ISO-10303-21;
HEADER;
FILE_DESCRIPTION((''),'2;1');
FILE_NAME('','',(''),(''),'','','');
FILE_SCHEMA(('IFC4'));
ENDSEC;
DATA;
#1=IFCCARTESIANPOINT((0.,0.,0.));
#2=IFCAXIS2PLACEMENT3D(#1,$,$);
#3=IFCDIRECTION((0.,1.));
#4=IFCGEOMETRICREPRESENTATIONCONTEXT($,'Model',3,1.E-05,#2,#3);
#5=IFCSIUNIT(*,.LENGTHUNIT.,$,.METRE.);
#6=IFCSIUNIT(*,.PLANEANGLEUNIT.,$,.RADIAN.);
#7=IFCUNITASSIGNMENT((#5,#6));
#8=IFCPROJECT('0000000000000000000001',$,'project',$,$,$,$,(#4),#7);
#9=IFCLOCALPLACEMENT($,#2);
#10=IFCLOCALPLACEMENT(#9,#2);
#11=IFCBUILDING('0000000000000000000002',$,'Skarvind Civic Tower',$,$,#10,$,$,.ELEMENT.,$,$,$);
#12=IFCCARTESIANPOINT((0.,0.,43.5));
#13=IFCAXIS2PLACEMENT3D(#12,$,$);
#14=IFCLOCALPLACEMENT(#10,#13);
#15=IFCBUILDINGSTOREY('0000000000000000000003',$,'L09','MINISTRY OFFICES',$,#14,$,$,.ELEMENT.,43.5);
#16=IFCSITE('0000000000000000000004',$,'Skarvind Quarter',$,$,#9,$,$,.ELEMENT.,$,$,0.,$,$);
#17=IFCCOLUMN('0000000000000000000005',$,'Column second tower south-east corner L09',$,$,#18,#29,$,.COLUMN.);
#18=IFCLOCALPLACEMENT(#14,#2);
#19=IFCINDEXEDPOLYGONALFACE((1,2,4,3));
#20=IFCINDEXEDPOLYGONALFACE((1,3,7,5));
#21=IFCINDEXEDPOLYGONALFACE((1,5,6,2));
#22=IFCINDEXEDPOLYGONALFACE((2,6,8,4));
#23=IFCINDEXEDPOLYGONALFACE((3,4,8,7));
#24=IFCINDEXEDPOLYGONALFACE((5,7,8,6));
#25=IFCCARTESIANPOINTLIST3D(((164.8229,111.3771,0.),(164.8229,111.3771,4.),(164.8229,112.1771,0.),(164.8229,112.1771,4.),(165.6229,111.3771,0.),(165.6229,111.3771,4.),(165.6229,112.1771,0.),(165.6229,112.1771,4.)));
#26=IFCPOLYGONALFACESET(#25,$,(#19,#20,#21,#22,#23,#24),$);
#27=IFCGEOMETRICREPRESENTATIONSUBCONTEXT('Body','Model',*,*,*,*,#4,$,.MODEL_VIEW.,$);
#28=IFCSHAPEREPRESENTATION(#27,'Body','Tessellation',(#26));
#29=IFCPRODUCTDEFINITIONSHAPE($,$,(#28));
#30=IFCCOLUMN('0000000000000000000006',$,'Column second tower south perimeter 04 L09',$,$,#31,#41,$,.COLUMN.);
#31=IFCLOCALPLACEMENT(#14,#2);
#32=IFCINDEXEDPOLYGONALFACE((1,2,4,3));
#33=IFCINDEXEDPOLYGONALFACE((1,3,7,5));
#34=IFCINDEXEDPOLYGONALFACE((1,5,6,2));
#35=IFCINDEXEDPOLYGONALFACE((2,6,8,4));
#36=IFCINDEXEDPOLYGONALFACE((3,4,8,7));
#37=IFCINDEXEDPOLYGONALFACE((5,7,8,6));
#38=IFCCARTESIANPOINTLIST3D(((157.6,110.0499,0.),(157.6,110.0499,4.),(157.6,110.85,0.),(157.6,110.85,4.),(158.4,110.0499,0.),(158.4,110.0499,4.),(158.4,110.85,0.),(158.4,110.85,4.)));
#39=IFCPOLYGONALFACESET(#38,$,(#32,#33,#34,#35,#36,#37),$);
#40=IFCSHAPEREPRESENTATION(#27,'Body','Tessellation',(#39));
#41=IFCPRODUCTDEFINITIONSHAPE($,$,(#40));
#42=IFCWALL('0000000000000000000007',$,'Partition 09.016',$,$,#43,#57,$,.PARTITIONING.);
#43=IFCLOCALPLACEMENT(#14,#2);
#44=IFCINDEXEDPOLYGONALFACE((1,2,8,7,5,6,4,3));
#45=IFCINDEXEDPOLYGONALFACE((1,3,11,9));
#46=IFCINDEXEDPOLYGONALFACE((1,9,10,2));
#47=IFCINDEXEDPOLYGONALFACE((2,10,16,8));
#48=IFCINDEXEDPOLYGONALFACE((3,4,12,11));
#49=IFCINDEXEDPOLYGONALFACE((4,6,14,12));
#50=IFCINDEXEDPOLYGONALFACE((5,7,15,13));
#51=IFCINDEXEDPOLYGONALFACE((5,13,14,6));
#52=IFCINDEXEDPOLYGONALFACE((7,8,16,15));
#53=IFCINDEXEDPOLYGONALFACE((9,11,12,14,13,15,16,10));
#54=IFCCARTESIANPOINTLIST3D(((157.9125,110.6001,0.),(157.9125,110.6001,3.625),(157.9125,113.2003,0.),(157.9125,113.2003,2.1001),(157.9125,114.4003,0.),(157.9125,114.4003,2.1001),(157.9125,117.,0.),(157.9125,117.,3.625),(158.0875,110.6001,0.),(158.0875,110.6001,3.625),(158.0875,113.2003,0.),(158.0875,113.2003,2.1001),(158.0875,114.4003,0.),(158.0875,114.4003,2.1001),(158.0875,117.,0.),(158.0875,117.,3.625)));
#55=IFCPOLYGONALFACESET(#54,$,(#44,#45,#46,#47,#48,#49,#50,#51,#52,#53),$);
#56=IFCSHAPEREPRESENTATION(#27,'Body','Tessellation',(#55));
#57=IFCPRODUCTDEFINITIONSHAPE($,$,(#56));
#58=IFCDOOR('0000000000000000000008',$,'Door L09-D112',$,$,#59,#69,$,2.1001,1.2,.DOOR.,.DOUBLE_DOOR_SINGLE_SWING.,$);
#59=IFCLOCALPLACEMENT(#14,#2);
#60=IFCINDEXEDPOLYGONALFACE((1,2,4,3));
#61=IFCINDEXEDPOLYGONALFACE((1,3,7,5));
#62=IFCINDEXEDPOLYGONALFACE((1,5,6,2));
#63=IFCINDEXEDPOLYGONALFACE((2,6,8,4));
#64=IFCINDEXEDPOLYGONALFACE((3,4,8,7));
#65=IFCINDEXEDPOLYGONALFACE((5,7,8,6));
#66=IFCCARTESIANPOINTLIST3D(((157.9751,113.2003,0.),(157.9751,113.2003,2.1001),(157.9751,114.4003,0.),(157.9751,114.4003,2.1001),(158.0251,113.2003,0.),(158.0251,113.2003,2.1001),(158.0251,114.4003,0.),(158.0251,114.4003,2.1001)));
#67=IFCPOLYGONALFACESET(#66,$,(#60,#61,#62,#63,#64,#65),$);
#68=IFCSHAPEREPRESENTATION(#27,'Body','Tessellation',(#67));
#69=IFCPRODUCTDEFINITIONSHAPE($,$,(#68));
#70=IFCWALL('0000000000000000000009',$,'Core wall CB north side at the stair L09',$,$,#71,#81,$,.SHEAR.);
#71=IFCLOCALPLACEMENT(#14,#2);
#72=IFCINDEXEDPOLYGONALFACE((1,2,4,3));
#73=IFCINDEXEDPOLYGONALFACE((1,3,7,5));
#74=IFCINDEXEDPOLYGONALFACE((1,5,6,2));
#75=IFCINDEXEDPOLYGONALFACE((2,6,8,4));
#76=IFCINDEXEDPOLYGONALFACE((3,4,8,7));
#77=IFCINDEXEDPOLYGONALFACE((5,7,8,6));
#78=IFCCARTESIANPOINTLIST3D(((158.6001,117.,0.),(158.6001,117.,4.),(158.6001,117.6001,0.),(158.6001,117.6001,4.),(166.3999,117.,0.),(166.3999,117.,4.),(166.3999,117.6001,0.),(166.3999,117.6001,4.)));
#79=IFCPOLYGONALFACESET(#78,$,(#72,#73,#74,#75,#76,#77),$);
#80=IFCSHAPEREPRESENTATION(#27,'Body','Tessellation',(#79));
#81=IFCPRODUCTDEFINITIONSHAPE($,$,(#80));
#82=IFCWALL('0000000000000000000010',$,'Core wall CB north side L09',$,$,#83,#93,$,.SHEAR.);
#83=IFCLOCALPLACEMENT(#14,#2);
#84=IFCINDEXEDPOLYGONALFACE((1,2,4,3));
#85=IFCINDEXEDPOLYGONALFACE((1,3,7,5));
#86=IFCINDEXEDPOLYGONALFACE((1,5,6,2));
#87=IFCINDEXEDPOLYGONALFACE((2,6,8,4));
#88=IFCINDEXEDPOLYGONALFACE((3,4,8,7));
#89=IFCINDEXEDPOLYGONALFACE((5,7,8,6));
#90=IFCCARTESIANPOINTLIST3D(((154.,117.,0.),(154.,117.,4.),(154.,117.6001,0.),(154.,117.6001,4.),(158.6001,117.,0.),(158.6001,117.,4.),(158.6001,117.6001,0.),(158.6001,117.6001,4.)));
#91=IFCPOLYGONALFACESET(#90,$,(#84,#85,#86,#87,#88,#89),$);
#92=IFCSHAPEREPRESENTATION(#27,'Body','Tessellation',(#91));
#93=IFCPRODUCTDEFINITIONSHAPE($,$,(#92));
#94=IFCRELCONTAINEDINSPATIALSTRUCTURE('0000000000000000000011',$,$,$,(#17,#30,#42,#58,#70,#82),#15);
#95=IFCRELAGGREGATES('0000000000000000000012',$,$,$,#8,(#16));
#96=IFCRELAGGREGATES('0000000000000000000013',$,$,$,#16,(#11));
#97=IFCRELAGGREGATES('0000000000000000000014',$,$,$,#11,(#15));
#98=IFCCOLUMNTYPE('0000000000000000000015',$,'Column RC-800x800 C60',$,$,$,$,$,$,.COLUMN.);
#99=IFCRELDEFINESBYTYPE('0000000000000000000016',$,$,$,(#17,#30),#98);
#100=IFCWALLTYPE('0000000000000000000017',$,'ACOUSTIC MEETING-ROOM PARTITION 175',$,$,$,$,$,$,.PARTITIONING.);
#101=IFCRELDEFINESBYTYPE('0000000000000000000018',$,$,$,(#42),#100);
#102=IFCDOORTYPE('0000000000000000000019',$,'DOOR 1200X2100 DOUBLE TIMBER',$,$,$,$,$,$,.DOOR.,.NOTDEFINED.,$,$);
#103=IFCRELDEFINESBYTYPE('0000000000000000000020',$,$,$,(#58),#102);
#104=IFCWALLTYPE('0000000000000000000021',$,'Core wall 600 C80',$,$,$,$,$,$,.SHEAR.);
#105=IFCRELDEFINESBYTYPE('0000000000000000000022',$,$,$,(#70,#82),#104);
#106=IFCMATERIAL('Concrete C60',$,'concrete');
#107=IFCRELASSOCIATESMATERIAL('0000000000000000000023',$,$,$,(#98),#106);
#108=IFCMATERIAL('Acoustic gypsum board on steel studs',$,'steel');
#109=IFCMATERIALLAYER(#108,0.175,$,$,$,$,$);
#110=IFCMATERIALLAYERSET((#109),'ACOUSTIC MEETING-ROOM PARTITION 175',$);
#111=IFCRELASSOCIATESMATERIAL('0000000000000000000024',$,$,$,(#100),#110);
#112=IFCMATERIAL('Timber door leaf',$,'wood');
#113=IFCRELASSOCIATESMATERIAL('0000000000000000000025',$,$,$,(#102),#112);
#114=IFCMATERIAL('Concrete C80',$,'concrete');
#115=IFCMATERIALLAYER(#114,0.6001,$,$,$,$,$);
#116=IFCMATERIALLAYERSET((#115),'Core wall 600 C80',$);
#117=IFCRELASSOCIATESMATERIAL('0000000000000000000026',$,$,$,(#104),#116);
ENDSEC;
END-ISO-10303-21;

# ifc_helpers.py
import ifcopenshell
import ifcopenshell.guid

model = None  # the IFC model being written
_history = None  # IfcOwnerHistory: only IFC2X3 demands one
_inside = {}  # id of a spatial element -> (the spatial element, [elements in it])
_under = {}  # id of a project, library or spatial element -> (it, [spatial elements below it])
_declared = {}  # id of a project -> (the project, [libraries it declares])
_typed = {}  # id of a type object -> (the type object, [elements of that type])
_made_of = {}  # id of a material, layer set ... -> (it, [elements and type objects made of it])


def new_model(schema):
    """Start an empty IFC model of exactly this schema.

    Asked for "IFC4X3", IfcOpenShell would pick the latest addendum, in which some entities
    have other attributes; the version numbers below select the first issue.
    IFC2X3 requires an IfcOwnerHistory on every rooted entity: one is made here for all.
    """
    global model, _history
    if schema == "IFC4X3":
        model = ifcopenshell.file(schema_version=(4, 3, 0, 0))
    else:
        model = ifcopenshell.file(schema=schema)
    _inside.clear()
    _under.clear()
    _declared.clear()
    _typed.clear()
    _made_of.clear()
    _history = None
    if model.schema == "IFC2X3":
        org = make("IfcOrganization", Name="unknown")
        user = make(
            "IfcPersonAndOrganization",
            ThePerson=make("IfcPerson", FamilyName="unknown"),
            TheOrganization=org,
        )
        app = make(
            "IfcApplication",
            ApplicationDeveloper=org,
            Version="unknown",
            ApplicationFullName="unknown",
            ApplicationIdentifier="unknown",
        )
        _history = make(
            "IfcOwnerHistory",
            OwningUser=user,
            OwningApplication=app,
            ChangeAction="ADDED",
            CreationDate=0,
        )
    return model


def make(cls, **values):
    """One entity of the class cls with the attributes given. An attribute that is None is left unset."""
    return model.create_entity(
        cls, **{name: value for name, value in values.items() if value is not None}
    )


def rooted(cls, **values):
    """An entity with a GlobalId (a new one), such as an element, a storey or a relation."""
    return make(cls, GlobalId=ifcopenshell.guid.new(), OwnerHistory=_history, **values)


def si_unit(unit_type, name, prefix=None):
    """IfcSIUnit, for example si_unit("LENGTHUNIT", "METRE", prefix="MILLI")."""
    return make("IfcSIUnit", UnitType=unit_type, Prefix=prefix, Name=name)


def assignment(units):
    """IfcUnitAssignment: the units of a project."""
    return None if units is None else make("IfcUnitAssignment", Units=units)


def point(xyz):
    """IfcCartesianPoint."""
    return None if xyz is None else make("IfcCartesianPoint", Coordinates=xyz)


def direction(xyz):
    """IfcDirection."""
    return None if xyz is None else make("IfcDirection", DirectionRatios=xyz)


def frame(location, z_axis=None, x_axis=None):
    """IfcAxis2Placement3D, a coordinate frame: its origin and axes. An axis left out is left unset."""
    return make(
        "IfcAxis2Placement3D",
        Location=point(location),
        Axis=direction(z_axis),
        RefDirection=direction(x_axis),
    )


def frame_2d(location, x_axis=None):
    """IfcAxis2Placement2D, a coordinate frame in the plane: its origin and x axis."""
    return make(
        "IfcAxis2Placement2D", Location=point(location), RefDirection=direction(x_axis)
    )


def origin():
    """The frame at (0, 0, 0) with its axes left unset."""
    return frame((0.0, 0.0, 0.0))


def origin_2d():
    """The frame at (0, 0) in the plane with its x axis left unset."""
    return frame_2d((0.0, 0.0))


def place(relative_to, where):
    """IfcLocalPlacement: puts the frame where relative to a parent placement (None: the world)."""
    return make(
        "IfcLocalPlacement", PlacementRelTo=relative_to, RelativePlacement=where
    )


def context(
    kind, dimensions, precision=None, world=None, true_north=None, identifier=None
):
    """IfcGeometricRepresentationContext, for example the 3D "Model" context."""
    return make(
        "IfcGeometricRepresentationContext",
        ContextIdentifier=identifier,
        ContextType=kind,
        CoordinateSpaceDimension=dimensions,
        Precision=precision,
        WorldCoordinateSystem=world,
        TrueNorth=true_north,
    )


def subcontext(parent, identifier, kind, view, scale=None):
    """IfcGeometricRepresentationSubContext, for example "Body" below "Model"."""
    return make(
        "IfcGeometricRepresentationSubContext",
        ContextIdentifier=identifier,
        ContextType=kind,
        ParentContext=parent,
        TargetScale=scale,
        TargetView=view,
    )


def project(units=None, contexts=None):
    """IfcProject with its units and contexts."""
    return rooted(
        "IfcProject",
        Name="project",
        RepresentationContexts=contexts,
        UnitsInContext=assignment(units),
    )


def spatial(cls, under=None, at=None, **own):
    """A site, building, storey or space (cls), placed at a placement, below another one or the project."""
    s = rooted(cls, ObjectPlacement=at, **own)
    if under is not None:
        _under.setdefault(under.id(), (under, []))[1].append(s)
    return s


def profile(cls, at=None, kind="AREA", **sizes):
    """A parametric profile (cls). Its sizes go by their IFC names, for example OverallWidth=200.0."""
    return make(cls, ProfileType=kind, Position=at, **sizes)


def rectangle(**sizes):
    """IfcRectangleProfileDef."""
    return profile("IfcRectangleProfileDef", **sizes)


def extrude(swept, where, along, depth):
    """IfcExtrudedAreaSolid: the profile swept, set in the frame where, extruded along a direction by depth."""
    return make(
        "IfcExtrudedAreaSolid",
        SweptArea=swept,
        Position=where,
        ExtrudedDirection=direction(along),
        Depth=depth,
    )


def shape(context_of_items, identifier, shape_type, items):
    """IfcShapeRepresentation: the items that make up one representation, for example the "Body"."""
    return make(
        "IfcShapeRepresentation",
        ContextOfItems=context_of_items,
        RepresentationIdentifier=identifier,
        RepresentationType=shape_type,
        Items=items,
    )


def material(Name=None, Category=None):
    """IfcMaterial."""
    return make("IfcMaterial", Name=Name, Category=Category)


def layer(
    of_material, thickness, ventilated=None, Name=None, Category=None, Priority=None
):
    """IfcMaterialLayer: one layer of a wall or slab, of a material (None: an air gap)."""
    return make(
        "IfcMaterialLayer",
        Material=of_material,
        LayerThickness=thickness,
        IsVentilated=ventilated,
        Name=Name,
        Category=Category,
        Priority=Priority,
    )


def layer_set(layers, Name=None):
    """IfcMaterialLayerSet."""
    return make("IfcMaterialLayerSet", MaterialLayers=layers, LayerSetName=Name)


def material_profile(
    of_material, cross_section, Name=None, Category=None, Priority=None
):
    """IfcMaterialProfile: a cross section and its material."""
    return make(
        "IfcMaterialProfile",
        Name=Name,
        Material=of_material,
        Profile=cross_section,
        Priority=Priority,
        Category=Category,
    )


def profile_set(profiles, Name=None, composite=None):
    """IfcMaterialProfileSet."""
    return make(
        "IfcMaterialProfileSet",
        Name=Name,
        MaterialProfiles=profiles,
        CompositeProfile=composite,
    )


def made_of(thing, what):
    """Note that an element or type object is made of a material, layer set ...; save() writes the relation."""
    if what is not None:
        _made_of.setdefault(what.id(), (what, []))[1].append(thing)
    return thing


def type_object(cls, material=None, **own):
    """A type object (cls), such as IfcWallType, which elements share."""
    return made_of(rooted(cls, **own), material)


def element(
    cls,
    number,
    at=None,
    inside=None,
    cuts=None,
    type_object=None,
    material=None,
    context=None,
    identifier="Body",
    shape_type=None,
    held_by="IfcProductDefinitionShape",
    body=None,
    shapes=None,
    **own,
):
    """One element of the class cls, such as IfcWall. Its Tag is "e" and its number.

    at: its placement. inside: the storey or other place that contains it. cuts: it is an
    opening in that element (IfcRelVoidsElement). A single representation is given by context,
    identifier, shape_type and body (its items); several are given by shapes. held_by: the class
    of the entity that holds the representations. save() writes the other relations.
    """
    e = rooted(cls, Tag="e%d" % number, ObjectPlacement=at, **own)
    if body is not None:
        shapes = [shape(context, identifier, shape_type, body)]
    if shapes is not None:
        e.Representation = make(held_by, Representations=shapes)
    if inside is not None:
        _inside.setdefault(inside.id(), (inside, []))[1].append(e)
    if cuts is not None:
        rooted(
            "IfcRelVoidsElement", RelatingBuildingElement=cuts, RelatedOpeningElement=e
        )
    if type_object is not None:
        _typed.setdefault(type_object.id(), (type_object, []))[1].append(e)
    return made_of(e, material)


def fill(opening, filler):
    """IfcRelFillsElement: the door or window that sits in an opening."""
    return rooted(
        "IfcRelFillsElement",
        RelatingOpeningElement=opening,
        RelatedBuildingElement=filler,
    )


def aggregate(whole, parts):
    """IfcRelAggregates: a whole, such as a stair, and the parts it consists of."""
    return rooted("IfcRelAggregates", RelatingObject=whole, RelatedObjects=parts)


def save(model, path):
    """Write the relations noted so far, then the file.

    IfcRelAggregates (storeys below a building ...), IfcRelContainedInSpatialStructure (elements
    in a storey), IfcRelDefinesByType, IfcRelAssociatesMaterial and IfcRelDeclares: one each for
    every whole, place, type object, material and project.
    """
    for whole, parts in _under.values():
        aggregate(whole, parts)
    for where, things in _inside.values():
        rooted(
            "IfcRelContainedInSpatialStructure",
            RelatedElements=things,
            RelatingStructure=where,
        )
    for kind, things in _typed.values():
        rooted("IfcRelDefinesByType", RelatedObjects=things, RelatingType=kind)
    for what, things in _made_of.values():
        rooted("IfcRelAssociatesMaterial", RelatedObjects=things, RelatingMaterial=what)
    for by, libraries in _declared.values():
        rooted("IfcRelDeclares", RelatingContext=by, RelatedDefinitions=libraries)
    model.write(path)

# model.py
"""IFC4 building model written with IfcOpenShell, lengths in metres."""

from ifc_helpers import new_model, si_unit, direction, frame, frame_2d, origin, origin_2d, place, context, subcontext, project, spatial, rectangle, extrude, material, layer, layer_set, material_profile, profile_set, type_object, element, fill, save


model = new_model("IFC4")

# Units and contexts
model_context = context("Model", 3, precision=1e-05, world=origin(), true_north=direction((0.0, 1.0)))
body_context = subcontext(model_context, "Body", "Model", "MODEL_VIEW")
ifc_project = project(units=[si_unit("LENGTHUNIT", "METRE"), si_unit("PLANEANGLEUNIT", "RADIAN")], contexts=[model_context])

# Site, building, storey
site_placement = place(None, origin())
site = spatial("IfcSite", under=ifc_project, at=site_placement, Name="Skarvind Quarter", CompositionType="ELEMENT", RefElevation=0.0)
building_placement = place(site_placement, origin())
building = spatial("IfcBuilding", under=site, at=building_placement, Name="Skarvind Civic Tower", CompositionType="ELEMENT")
storey_placement = place(building_placement, frame((0.0, 0.0, 43.5)))
storey = spatial("IfcBuildingStorey", under=building, at=storey_placement, Name="L09", Description="MINISTRY OFFICES", CompositionType="ELEMENT", Elevation=43.5)

# Columns
ifc_material_1 = material(Name="Concrete C60", Category="concrete")
ifc_material_profile = material_profile(ifc_material_1, rectangle(XDim=0.8, YDim=0.8, at=origin_2d()), Name="RC-800x800")
ifc_profile_set = profile_set([ifc_material_profile], Name="Concrete C60")
column_type = type_object("IfcColumnType", Name="Column RC-800x800 C60", PredefinedType="COLUMN", material=ifc_profile_set)
for number, where, z_axis, x_axis, name in (
    (1, (165.2229, 111.7771, 0.0), (0.0, 0.0, 1.0), (1.0, 0.0, 0.0), "Column second tower south-east corner L09"),
    (2, (158.0, 110.45, 0.0), (0.0, 0.0, 1.0), (1.0, 0.0, 0.0), "Column second tower south perimeter 04 L09"),
):
    element("IfcColumn", number, at=place(storey_placement, frame(where, z_axis=z_axis, x_axis=x_axis)), inside=storey, type_object=column_type, Name=name, PredefinedType="COLUMN", context=body_context, shape_type="SweptSolid", body=[
        extrude(rectangle(XDim=0.8, YDim=0.8, at=origin_2d()), origin(), (0.0, 0.0, 1.0), 4.0),
    ])

# Wall, opening, door
ifc_material_2 = material(Name="Acoustic gypsum board on steel studs", Category="steel")
ifc_layer_1 = layer(ifc_material_2, 0.175)
ifc_layer_set_1 = layer_set([ifc_layer_1], Name="ACOUSTIC MEETING-ROOM PARTITION 175")
wall_type_1 = type_object("IfcWallType", Name="ACOUSTIC MEETING-ROOM PARTITION 175", PredefinedType="PARTITIONING", material=ifc_layer_set_1)
wall_1_placement = place(storey_placement, frame((158.0, 110.6001, 0.0), z_axis=(0.0, 0.0, 1.0), x_axis=(0.0, 1.0, 0.0)))
wall_1 = element("IfcWall", 3, at=wall_1_placement, inside=storey, type_object=wall_type_1, Name="Partition 09.016", PredefinedType="PARTITIONING", context=body_context, shape_type="SweptSolid", body=[
    extrude(rectangle(XDim=6.3999, YDim=0.175, at=frame_2d((3.2, 0.0))), origin(), (0.0, 0.0, 1.0), 3.625),
])
opening_1_placement = place(wall_1_placement, frame((2.6001, 0.0, 0.0)))
opening_1 = element("IfcOpeningElement", 4, at=opening_1_placement, cuts=wall_1, PredefinedType="OPENING", context=body_context, shape_type="SweptSolid", body=[
    extrude(rectangle(XDim=1.2, YDim=2.1001, at=frame_2d((0.6001, 1.05))), frame((0.0, 0.0974, 0.0), z_axis=(0.0, -1.0, 0.0), x_axis=(1.0, 0.0, 0.0)), (0.0, 0.0, 1.0), 0.1951),
])
ifc_material_3 = material(Name="Timber door leaf", Category="wood")
door_type = type_object("IfcDoorType", Name="DOOR 1200X2100 DOUBLE TIMBER", OperationType="NOTDEFINED", PredefinedType="DOOR", material=ifc_material_3)
door_placement = place(opening_1_placement, origin())
door = element("IfcDoor", 5, at=door_placement, inside=storey, type_object=door_type, Name="Door L09-D112", OperationType="DOUBLE_DOOR_SINGLE_SWING", OverallHeight=2.1001, OverallWidth=1.2, PredefinedType="DOOR", context=body_context, shape_type="SweptSolid", body=[
    extrude(rectangle(XDim=1.2, YDim=2.1001, at=frame_2d((0.6001, 1.05))), frame((0.0, 0.0249, 0.0), z_axis=(0.0, -1.0, 0.0), x_axis=(1.0, 0.0, 0.0)), (0.0, 0.0, 1.0), 0.05),
])
fill(opening_1, door)

# Walls
ifc_material_4 = material(Name="Concrete C80", Category="concrete")
ifc_layer_2 = layer(ifc_material_4, 0.6001)
ifc_layer_set_2 = layer_set([ifc_layer_2], Name="Core wall 600 C80")
wall_type_2 = type_object("IfcWallType", Name="Core wall 600 C80", PredefinedType="SHEAR", material=ifc_layer_set_2)
wall_2_placement = place(storey_placement, frame((166.3999, 117.3, 0.0), z_axis=(0.0, 0.0, 1.0), x_axis=(-1.0, 0.0, 0.0)))
element("IfcWall", 6, at=wall_2_placement, inside=storey, type_object=wall_type_2, Name="Core wall CB north side at the stair L09", PredefinedType="SHEAR", context=body_context, shape_type="SweptSolid", body=[
    extrude(rectangle(XDim=7.7998, YDim=0.6001, at=frame_2d((3.8999, 0.0))), origin(), (0.0, 0.0, 1.0), 4.0),
])
wall_3_placement = place(storey_placement, frame((158.6001, 117.3, 0.0), z_axis=(0.0, 0.0, 1.0), x_axis=(-1.0, 0.0, 0.0)))
element("IfcWall", 7, at=wall_3_placement, inside=storey, type_object=wall_type_2, Name="Core wall CB north side L09", PredefinedType="SHEAR", context=body_context, shape_type="SweptSolid", body=[
    extrude(rectangle(XDim=4.6001, YDim=0.6001, at=frame_2d((2.3, 0.0))), origin(), (0.0, 0.0, 1.0), 4.0),
])

save(model, "model.ifc")
